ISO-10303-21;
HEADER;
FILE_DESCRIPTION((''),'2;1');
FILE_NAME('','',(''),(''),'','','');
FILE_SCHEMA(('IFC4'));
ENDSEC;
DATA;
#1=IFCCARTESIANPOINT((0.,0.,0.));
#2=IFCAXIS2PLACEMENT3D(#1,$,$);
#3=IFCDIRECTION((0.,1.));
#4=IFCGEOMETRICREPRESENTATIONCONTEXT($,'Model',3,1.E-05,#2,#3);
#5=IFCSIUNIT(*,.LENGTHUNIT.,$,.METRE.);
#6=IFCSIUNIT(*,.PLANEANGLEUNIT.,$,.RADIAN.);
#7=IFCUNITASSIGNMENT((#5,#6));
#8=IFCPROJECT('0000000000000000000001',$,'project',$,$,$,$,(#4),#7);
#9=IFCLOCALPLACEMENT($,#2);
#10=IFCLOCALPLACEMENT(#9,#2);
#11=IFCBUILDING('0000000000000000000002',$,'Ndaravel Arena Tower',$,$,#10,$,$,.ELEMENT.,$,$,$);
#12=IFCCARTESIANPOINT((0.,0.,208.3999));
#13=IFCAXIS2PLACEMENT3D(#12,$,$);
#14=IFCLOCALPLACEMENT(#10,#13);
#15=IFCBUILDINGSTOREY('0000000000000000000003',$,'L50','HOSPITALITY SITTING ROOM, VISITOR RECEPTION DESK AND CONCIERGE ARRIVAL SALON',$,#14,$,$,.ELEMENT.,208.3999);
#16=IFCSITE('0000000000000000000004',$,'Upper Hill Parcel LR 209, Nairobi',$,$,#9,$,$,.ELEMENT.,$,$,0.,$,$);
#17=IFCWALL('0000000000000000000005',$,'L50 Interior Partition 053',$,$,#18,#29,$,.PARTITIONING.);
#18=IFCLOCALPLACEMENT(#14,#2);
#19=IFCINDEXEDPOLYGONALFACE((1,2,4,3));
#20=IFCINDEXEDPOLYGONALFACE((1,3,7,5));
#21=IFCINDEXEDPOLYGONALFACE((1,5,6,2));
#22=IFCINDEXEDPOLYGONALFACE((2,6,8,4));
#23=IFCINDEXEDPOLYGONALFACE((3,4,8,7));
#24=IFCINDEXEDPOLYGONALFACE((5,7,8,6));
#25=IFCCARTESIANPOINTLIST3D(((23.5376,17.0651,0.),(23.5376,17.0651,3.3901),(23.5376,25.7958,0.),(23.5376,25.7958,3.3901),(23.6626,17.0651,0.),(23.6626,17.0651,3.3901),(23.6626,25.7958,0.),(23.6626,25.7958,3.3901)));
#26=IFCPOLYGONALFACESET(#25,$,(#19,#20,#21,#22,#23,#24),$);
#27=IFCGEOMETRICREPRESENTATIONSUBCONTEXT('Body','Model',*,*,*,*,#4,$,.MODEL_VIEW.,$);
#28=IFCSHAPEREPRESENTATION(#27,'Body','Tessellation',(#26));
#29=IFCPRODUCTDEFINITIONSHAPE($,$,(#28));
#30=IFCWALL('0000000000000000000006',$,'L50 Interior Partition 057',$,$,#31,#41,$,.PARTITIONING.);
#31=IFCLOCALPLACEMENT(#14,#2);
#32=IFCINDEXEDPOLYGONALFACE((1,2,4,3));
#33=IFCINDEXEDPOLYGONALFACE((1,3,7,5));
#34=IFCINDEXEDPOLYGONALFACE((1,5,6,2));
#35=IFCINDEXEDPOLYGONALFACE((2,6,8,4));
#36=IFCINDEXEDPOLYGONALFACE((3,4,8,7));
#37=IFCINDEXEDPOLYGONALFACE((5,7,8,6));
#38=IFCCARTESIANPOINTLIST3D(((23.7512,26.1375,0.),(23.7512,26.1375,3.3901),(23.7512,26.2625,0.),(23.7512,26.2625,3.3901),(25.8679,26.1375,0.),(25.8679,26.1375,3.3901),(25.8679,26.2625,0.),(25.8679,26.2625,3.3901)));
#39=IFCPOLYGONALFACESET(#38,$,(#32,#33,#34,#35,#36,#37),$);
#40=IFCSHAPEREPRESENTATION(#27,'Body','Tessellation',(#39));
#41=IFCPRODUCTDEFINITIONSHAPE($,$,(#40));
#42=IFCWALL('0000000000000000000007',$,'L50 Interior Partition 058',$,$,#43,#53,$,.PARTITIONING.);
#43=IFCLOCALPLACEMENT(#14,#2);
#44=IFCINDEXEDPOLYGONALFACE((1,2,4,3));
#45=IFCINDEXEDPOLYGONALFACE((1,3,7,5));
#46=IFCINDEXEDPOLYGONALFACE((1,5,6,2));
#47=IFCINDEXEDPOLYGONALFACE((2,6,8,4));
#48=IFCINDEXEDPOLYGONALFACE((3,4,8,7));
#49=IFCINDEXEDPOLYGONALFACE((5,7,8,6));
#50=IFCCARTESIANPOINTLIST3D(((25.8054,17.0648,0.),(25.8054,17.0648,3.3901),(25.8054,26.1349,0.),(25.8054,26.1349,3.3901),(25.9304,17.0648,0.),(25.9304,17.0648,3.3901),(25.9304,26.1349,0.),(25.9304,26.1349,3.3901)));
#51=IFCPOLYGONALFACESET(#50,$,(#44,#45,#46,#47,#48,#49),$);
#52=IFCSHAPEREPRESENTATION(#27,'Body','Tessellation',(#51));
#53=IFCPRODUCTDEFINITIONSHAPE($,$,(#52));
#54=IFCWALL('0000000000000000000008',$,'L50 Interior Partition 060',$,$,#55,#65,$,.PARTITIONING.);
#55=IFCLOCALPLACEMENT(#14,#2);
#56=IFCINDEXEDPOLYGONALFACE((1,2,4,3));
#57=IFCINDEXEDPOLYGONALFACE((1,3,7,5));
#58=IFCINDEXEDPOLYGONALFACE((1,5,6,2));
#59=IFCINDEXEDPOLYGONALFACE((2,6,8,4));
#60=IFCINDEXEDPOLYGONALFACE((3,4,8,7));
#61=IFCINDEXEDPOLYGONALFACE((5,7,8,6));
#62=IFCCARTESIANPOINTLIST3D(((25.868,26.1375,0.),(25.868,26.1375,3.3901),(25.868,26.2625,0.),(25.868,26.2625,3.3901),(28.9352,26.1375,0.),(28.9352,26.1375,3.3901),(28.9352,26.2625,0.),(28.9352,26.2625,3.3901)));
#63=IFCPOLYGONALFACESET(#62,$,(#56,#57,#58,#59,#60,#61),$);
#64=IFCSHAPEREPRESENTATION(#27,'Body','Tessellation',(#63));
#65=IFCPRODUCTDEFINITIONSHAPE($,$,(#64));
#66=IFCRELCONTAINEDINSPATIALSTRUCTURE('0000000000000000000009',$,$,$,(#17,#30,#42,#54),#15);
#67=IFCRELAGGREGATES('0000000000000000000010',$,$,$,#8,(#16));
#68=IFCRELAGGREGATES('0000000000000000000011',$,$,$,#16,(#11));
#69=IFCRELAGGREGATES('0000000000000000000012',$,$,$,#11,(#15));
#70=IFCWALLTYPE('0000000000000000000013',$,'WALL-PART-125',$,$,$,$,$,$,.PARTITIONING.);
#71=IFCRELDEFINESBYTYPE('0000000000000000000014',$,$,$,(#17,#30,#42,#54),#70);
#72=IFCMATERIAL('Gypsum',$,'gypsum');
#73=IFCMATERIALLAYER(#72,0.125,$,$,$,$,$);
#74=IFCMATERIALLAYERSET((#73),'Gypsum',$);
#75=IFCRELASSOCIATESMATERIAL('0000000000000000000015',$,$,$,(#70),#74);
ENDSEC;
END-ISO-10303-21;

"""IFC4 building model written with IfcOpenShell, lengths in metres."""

from ifc_helpers import new_model, si_unit, direction, frame, frame_2d, origin, place, context, subcontext, project, spatial, rectangle, extrude, material, layer, layer_set, type_object, element, save


model = new_model("IFC4")

# Units and contexts
model_context = context("Model", 3, precision=1e-05, world=origin(), true_north=direction((0.0, 1.0)))
body_context = subcontext(model_context, "Body", "Model", "MODEL_VIEW")
ifc_project = project(units=[si_unit("LENGTHUNIT", "METRE"), si_unit("PLANEANGLEUNIT", "RADIAN")], contexts=[model_context])

# Site, building, storey
site_placement = place(None, origin())
site = spatial("IfcSite", under=ifc_project, at=site_placement, Name="Upper Hill Parcel LR 209, Nairobi", CompositionType="ELEMENT", RefElevation=0.0)
building_placement = place(site_placement, origin())
building = spatial("IfcBuilding", under=site, at=building_placement, Name="Ndaravel Arena Tower", CompositionType="ELEMENT")
storey_placement = place(building_placement, frame((0.0, 0.0, 208.3999)))
storey = spatial("IfcBuildingStorey", under=building, at=storey_placement, Name="L50", Description="HOSPITALITY SITTING ROOM, VISITOR RECEPTION DESK AND CONCIERGE ARRIVAL SALON", CompositionType="ELEMENT", Elevation=208.3999)

# Walls
ifc_material_1 = material(Name="Gypsum", Category="gypsum")
ifc_layer_1 = layer(ifc_material_1, 0.125)
ifc_layer_set_1 = layer_set([ifc_layer_1], Name="Gypsum")
wall_type = type_object("IfcWallType", Name="WALL-PART-125", PredefinedType="PARTITIONING", material=ifc_layer_set_1)
wall_1_placement = place(storey_placement, frame((23.6001, 25.7957, 0.0), z_axis=(0.0, 0.0, 1.0), x_axis=(0.0, -1.0, 0.0)))
element("IfcWall", 1, at=wall_1_placement, inside=storey, type_object=wall_type, Name="L50 Interior Partition 053", PredefinedType="PARTITIONING", context=body_context, shape_type="SweptSolid", body=[
    extrude(rectangle(XDim=8.7307, YDim=0.125, at=frame_2d((4.3652, 0.0))), origin(), (0.0, 0.0, 1.0), 3.3901),
])
wall_2_placement = place(storey_placement, frame((23.7512, 26.2, 0.0), z_axis=(0.0, 0.0, 1.0), x_axis=(1.0, 0.0, 0.0)))
element("IfcWall", 2, at=wall_2_placement, inside=storey, type_object=wall_type, Name="L50 Interior Partition 057", PredefinedType="PARTITIONING", context=body_context, shape_type="SweptSolid", body=[
    extrude(rectangle(XDim=2.1167, YDim=0.125, at=frame_2d((1.0583, 0.0))), origin(), (0.0, 0.0, 1.0), 3.3901),
])
wall_3_placement = place(storey_placement, frame((25.8679, 26.135, 0.0), z_axis=(0.0, 0.0, 1.0), x_axis=(0.0, -1.0, 0.0)))
element("IfcWall", 3, at=wall_3_placement, inside=storey, type_object=wall_type, Name="L50 Interior Partition 058", PredefinedType="PARTITIONING", context=body_context, shape_type="SweptSolid", body=[
    extrude(rectangle(XDim=9.0701, YDim=0.125, at=frame_2d((4.5352, 0.0))), origin(), (0.0, 0.0, 1.0), 3.3901),
])
wall_4_placement = place(storey_placement, frame((25.8679, 26.2, 0.0), z_axis=(0.0, 0.0, 1.0), x_axis=(1.0, 0.0, 0.0)))
element("IfcWall", 4, at=wall_4_placement, inside=storey, type_object=wall_type, Name="L50 Interior Partition 060", PredefinedType="PARTITIONING", context=body_context, shape_type="SweptSolid", body=[
    extrude(rectangle(XDim=3.0671, YDim=0.125, at=frame_2d((1.5337, 0.0))), origin(), (0.0, 0.0, 1.0), 3.3901),
])

save(model, "model.ifc")
